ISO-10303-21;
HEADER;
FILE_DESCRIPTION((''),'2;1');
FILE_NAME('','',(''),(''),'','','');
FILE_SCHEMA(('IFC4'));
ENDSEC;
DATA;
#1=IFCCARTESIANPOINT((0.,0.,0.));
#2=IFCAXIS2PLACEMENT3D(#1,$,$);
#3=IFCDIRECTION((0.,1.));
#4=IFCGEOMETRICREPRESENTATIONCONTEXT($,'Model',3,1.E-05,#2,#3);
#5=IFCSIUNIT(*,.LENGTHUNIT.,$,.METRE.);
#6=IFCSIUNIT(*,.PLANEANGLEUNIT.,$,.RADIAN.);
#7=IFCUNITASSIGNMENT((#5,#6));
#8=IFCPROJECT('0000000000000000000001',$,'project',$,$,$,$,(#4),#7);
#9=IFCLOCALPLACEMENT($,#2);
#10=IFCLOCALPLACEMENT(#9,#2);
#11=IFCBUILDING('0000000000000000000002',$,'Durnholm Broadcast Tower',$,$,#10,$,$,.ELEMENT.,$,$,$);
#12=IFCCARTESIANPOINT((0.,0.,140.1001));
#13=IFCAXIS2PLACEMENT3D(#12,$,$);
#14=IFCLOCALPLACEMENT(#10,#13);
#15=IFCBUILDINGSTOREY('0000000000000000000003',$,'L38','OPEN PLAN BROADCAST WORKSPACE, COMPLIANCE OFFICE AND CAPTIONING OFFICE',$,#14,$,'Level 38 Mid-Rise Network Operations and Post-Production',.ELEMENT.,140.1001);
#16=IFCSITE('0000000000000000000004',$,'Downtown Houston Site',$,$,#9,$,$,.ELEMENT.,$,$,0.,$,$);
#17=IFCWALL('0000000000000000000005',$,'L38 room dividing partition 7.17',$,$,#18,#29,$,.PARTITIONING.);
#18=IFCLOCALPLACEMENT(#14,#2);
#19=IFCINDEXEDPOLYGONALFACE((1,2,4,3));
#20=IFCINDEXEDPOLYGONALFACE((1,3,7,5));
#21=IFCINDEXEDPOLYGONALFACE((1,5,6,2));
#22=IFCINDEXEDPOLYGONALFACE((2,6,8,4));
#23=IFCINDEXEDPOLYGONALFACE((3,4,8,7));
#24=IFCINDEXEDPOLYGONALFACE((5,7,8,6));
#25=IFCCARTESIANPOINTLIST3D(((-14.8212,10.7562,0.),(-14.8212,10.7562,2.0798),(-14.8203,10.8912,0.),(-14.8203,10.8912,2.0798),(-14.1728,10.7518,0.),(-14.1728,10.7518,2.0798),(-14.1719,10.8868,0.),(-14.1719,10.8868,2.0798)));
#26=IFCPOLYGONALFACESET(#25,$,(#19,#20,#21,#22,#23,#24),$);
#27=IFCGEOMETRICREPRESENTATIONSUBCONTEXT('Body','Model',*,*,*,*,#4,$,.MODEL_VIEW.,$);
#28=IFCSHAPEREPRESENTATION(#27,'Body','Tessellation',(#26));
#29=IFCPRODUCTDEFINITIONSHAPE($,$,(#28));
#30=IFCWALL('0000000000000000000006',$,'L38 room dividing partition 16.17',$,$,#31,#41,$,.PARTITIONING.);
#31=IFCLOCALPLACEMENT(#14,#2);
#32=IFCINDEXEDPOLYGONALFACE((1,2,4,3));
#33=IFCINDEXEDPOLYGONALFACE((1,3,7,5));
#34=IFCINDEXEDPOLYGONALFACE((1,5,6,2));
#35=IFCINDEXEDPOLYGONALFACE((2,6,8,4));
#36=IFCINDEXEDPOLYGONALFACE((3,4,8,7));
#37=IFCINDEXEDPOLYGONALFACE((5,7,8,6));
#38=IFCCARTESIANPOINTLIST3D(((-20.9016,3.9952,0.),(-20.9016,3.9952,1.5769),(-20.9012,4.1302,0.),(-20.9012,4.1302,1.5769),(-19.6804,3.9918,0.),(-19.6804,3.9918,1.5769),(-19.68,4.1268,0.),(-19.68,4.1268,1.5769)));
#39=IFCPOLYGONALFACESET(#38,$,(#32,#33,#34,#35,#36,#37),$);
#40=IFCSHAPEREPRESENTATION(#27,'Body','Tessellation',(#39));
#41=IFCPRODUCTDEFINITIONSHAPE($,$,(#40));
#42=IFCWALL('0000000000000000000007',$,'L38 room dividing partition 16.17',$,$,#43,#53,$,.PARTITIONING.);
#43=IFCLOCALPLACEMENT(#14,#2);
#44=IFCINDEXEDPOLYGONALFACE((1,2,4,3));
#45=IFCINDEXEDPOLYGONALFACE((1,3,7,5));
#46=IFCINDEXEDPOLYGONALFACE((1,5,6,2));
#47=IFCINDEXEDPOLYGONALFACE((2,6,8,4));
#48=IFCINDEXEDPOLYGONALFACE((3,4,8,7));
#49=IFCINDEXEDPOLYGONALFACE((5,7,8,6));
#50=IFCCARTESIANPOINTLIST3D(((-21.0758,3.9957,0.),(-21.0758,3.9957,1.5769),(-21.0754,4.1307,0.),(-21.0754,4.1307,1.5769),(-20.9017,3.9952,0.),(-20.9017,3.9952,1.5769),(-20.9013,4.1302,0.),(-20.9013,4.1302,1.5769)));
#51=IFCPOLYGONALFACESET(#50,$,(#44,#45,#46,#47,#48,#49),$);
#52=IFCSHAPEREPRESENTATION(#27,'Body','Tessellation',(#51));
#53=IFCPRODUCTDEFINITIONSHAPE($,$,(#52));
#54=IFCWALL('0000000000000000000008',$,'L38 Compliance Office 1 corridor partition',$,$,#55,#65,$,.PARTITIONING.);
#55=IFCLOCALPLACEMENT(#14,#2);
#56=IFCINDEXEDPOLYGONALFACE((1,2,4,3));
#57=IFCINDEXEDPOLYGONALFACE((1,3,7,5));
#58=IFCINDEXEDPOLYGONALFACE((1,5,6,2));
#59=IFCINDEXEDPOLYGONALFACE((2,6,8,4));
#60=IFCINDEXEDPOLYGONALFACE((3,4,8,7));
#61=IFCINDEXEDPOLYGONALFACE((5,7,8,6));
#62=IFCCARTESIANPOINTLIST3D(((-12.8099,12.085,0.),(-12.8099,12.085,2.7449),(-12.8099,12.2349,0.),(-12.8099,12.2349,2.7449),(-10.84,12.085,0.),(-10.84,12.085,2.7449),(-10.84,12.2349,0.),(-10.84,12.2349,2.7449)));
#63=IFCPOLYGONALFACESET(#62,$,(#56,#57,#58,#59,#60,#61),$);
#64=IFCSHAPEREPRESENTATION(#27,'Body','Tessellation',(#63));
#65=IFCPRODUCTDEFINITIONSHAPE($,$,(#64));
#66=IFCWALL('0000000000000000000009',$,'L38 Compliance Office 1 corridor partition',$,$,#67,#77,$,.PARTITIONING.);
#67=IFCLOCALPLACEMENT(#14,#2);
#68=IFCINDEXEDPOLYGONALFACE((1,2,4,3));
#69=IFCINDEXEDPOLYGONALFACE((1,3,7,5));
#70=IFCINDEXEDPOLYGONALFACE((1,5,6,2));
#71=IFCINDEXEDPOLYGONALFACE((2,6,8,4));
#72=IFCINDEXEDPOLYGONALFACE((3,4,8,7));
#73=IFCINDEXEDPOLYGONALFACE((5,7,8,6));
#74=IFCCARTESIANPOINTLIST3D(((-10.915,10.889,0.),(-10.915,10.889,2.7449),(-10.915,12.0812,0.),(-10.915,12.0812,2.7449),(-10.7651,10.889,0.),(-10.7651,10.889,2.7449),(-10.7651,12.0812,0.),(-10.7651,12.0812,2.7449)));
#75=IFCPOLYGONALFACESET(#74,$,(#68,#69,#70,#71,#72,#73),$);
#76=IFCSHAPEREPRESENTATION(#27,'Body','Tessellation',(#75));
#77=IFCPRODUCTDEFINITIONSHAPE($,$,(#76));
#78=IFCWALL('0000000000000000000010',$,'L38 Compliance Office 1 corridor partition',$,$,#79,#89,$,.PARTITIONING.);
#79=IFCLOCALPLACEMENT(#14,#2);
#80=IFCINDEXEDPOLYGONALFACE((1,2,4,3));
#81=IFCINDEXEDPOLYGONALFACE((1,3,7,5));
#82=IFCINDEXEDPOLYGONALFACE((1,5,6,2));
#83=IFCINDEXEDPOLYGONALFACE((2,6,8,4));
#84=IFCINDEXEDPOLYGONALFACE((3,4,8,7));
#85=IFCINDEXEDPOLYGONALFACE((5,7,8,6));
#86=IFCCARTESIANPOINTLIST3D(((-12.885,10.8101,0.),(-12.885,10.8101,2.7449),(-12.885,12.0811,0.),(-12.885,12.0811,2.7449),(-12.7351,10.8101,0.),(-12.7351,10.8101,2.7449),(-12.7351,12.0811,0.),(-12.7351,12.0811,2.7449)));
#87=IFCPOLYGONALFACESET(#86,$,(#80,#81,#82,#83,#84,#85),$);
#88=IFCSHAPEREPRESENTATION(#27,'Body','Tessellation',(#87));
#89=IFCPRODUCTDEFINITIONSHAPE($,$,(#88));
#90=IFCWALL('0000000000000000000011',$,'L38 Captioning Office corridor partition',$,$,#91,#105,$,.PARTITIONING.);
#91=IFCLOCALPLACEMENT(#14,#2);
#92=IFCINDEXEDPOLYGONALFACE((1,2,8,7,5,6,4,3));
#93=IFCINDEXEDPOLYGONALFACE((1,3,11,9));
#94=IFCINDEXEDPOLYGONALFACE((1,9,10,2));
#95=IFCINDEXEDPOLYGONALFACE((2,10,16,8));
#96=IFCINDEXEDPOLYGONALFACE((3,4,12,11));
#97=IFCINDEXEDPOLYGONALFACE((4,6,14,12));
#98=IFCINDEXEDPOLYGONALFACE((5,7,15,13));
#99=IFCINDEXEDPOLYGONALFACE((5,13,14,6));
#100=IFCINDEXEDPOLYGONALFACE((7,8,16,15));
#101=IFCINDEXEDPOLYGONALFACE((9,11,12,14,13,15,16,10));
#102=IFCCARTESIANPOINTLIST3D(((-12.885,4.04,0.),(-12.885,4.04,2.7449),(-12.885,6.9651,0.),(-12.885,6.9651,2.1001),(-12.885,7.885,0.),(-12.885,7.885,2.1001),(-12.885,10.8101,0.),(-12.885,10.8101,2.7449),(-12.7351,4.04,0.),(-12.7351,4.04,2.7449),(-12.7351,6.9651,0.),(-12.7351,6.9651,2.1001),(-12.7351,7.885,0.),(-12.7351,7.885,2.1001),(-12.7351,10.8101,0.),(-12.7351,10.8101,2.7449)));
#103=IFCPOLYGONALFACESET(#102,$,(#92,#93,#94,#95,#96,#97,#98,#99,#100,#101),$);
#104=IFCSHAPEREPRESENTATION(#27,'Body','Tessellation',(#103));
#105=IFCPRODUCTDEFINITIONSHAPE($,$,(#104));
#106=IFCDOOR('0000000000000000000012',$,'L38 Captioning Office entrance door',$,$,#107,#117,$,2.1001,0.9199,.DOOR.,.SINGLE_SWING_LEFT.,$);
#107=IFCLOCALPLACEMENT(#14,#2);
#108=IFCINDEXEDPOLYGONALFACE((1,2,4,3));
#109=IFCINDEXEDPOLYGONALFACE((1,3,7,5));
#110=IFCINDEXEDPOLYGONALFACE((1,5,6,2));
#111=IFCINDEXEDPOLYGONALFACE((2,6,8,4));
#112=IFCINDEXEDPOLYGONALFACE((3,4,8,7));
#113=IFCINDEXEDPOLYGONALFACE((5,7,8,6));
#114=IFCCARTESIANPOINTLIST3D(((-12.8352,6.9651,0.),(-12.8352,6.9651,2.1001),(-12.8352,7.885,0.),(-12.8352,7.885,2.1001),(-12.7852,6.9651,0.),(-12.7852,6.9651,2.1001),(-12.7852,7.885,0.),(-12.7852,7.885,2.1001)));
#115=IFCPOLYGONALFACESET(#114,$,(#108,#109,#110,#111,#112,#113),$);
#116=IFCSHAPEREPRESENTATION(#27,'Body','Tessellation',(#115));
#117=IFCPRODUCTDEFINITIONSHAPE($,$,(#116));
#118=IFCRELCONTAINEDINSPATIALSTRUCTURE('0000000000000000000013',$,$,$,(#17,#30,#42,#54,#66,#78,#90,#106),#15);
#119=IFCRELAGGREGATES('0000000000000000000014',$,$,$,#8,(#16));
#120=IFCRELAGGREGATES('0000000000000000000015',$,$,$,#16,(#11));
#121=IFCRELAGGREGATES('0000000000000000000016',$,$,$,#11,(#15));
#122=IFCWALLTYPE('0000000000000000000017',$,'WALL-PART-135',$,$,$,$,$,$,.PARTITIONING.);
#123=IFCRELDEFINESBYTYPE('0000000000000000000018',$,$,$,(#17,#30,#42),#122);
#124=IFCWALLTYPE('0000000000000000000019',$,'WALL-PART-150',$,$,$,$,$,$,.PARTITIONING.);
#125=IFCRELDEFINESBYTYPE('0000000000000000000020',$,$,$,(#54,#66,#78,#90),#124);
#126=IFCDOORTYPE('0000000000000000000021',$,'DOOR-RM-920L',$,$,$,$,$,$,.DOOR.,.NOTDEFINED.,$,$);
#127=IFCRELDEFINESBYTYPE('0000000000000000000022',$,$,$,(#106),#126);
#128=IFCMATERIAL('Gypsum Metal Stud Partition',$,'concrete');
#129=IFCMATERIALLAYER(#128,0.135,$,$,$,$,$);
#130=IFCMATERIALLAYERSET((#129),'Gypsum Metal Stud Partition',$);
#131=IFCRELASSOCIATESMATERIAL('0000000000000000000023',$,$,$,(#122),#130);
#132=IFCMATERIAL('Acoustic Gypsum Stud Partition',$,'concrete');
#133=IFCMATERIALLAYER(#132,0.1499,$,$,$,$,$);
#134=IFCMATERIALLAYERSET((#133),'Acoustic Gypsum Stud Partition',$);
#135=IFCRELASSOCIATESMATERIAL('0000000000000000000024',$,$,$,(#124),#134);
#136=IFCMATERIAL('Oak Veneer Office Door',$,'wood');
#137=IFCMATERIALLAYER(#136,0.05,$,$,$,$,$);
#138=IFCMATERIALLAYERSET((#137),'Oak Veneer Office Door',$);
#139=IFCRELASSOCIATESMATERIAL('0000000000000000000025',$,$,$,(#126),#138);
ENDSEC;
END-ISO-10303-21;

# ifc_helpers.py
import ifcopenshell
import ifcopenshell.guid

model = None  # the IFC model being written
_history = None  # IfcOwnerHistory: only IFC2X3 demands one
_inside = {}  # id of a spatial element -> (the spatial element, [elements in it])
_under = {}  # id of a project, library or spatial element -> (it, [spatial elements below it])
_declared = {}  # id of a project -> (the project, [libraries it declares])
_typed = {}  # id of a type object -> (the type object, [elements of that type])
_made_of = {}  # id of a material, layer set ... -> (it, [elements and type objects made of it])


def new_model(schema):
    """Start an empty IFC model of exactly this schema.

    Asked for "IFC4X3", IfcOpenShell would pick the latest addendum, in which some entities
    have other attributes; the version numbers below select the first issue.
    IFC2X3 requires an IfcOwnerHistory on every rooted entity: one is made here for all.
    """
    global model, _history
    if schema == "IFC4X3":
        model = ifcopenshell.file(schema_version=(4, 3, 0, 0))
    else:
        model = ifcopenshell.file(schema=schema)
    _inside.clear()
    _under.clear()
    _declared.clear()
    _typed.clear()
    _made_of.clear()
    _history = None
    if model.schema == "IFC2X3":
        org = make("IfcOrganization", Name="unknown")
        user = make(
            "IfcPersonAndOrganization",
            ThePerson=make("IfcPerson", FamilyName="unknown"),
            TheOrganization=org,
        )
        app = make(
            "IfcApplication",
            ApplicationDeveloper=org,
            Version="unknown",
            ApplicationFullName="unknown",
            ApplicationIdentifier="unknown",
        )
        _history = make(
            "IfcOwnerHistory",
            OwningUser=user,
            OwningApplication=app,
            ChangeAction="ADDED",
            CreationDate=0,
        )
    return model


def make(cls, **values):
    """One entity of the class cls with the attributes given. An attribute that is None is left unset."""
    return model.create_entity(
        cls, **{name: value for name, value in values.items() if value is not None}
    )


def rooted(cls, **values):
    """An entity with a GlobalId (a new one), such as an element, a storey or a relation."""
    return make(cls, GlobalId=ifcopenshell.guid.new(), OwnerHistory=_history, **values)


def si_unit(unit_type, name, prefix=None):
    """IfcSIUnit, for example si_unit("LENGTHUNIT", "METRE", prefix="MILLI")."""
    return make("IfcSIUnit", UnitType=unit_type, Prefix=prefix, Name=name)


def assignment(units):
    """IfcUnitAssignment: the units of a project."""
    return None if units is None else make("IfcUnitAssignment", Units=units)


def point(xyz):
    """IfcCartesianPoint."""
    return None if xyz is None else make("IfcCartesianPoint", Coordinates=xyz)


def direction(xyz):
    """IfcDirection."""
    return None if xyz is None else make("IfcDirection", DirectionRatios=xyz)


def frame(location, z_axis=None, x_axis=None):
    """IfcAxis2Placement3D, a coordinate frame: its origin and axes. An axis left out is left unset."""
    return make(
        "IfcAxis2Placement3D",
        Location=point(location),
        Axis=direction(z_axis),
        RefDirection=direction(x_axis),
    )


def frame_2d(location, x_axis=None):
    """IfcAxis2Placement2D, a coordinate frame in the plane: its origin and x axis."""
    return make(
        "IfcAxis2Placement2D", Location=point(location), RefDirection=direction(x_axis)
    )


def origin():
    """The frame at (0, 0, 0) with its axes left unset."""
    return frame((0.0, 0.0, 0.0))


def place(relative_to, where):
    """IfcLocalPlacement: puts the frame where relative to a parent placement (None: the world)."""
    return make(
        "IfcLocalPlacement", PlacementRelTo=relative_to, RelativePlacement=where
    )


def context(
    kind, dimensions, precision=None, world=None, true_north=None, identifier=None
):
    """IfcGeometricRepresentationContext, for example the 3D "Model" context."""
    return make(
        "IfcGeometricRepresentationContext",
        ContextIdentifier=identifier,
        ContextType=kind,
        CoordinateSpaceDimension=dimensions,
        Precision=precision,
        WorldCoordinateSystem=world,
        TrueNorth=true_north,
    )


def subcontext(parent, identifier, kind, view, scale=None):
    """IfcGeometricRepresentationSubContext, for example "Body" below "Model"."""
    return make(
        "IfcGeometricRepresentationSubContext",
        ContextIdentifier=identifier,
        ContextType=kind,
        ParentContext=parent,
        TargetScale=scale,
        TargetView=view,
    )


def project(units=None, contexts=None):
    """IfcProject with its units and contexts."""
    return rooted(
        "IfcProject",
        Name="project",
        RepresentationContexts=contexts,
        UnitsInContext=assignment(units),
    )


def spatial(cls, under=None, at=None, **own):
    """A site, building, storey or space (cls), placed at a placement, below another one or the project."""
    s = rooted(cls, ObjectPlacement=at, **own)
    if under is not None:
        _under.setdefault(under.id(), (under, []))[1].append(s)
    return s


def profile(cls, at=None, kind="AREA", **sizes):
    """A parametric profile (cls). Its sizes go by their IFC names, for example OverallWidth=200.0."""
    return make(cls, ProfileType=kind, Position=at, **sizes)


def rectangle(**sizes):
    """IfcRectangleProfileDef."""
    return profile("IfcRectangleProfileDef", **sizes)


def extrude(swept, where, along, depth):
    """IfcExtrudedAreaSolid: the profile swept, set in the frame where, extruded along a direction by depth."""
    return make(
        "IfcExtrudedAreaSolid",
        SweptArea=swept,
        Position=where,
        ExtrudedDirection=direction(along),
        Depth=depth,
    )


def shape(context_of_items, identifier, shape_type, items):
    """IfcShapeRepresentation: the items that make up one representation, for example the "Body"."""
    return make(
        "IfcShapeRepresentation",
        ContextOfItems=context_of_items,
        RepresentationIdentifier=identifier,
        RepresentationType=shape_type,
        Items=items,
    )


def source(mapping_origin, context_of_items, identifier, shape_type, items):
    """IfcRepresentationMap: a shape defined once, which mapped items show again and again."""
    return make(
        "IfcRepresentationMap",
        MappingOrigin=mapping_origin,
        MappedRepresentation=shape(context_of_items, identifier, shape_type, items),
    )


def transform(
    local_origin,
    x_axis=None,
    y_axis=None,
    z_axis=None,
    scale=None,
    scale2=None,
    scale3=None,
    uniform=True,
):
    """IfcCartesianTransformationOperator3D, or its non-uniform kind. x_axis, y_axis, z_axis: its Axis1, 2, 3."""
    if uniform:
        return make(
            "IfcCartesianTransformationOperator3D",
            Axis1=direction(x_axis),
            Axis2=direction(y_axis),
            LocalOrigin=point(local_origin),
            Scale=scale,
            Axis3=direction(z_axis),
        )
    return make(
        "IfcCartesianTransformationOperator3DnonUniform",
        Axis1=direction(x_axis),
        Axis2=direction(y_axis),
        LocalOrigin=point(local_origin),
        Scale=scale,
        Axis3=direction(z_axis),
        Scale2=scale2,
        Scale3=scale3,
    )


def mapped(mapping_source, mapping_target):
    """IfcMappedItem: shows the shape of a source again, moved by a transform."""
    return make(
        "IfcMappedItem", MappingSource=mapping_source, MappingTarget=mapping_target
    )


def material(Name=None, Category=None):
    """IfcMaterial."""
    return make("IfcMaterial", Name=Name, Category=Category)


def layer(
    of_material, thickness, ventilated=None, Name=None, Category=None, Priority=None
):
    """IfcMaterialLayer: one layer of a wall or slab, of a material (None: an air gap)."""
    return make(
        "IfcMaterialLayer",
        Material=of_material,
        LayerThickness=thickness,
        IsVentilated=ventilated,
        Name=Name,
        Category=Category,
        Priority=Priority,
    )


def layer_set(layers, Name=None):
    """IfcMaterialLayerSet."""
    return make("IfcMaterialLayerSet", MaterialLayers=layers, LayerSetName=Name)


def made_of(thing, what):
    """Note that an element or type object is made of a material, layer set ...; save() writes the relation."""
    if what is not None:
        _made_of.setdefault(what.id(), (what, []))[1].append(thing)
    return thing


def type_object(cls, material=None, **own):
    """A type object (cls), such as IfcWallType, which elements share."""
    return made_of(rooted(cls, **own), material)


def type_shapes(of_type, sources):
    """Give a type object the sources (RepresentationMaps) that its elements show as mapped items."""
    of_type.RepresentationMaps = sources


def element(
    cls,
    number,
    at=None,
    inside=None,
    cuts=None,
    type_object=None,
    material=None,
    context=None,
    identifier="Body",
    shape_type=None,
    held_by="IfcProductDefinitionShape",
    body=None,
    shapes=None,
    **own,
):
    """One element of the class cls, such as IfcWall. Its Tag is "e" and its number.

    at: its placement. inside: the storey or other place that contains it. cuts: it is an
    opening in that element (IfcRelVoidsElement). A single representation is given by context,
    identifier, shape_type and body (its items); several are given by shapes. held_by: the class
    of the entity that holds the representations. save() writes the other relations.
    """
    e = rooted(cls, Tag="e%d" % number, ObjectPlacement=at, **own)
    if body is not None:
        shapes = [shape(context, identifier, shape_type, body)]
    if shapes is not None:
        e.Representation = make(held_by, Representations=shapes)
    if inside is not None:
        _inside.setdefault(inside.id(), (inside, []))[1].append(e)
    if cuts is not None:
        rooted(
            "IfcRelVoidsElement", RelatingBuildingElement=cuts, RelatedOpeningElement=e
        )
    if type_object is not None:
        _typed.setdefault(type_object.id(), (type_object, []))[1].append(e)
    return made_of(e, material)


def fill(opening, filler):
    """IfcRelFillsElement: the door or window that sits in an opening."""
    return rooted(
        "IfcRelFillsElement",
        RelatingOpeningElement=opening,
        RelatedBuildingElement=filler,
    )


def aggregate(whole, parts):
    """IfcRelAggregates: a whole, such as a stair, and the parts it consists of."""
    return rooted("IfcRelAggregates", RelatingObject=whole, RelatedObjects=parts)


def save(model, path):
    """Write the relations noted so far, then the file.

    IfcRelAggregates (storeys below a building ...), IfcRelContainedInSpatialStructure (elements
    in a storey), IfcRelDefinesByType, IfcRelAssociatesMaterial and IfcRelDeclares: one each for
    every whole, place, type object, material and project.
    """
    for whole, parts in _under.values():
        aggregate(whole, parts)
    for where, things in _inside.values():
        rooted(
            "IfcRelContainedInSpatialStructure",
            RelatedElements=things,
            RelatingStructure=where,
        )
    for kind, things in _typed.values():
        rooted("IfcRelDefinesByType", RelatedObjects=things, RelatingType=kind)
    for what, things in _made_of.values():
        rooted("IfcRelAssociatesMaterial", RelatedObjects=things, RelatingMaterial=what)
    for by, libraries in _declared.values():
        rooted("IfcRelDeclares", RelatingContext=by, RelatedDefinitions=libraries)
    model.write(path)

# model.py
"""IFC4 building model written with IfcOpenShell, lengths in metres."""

from ifc_helpers import new_model, si_unit, direction, frame, frame_2d, origin, place, context, subcontext, project, spatial, rectangle, extrude, source, transform, mapped, material, layer, layer_set, type_object, type_shapes, element, fill, save


model = new_model("IFC4")

# Units and contexts
model_context = context("Model", 3, precision=1e-05, world=origin(), true_north=direction((0.0, 1.0)))
body_context = subcontext(model_context, "Body", "Model", "MODEL_VIEW")
ifc_project = project(units=[si_unit("LENGTHUNIT", "METRE"), si_unit("PLANEANGLEUNIT", "RADIAN")], contexts=[model_context])

# Site, building, storey
site_placement = place(None, origin())
site = spatial("IfcSite", under=ifc_project, at=site_placement, Name="Downtown Houston Site", CompositionType="ELEMENT", RefElevation=0.0)
building_placement = place(site_placement, origin())
building = spatial("IfcBuilding", under=site, at=building_placement, Name="Durnholm Broadcast Tower", CompositionType="ELEMENT")
storey_placement = place(building_placement, frame((0.0, 0.0, 140.1001)))
storey = spatial("IfcBuildingStorey", under=building, at=storey_placement, Name="L38", Description="OPEN PLAN BROADCAST WORKSPACE, COMPLIANCE OFFICE AND CAPTIONING OFFICE", LongName="Level 38 Mid-Rise Network Operations and Post-Production", CompositionType="ELEMENT", Elevation=140.1001)

# Walls
ifc_material_1 = material(Name="Gypsum Metal Stud Partition", Category="concrete")
ifc_layer_1 = layer(ifc_material_1, 0.135)
ifc_layer_set_1 = layer_set([ifc_layer_1], Name="Gypsum Metal Stud Partition")
wall_type_1 = type_object("IfcWallType", Name="WALL-PART-135", PredefinedType="PARTITIONING", material=ifc_layer_set_1)
wall_1_placement = place(storey_placement, frame((-14.1724, 10.8193, 0.0), z_axis=(0.0, 0.0, 1.0), x_axis=(-0.999977, 0.006777, 0.0)))
element("IfcWall", 1, at=wall_1_placement, inside=storey, type_object=wall_type_1, Name="L38 room dividing partition 7.17", PredefinedType="PARTITIONING", context=body_context, shape_type="SweptSolid", body=[
    extrude(rectangle(XDim=0.6484, YDim=0.135, at=frame_2d((0.3242, 0.0))), origin(), (0.0, 0.0, 1.0), 2.0798),
])
wall_2_placement = place(storey_placement, frame((-20.9014, 4.0627, 0.0), z_axis=(0.0, 0.0, 1.0), x_axis=(0.999996, -0.002799, 0.0)))
element("IfcWall", 2, at=wall_2_placement, inside=storey, type_object=wall_type_1, Name="L38 room dividing partition 16.17", PredefinedType="PARTITIONING", context=body_context, shape_type="SweptSolid", body=[
    extrude(rectangle(XDim=1.2212, YDim=0.135, at=frame_2d((0.6106, 0.0))), origin(), (0.0, 0.0, 1.0), 1.5769),
])
wall_3_placement = place(storey_placement, frame((-21.0754, 4.0632, 0.0), z_axis=(0.0, 0.0, 1.0), x_axis=(0.999996, -0.002805, 0.0)))
element("IfcWall", 3, at=wall_3_placement, inside=storey, type_object=wall_type_1, Name="L38 room dividing partition 16.17", PredefinedType="PARTITIONING", context=body_context, shape_type="SweptSolid", body=[
    extrude(rectangle(XDim=0.1741, YDim=0.135, at=frame_2d((0.0869, 0.0))), origin(), (0.0, 0.0, 1.0), 1.5769),
])
ifc_material_2 = material(Name="Acoustic Gypsum Stud Partition", Category="concrete")
ifc_layer_2 = layer(ifc_material_2, 0.1499)
ifc_layer_set_2 = layer_set([ifc_layer_2], Name="Acoustic Gypsum Stud Partition")
wall_type_2 = type_object("IfcWallType", Name="WALL-PART-150", PredefinedType="PARTITIONING", material=ifc_layer_set_2)
wall_4_placement = place(storey_placement, frame((-10.8401, 12.1599, 0.0), z_axis=(0.0, 0.0, 1.0), x_axis=(-1.0, 0.0, 0.0)))
element("IfcWall", 4, at=wall_4_placement, inside=storey, type_object=wall_type_2, Name="L38 Compliance Office 1 corridor partition", PredefinedType="PARTITIONING", context=body_context, shape_type="SweptSolid", body=[
    extrude(rectangle(XDim=1.97, YDim=0.1499, at=frame_2d((0.9849, 0.0))), origin(), (0.0, 0.0, 1.0), 2.7449),
])
wall_5_placement = place(storey_placement, frame((-10.8401, 10.8889, 0.0), z_axis=(0.0, 0.0, 1.0), x_axis=(0.0, 1.0, 0.0)))
element("IfcWall", 5, at=wall_5_placement, inside=storey, type_object=wall_type_2, Name="L38 Compliance Office 1 corridor partition", PredefinedType="PARTITIONING", context=body_context, shape_type="SweptSolid", body=[
    extrude(rectangle(XDim=1.1921, YDim=0.1499, at=frame_2d((0.5962, 0.0))), origin(), (0.0, 0.0, 1.0), 2.7449),
])
wall_6_placement = place(storey_placement, frame((-12.8101, 12.0811, 0.0), z_axis=(0.0, 0.0, 1.0), x_axis=(0.0, -1.0, 0.0)))
element("IfcWall", 6, at=wall_6_placement, inside=storey, type_object=wall_type_2, Name="L38 Compliance Office 1 corridor partition", PredefinedType="PARTITIONING", context=body_context, shape_type="SweptSolid", body=[
    extrude(rectangle(XDim=1.271, YDim=0.1499, at=frame_2d((0.6355, 0.0))), origin(), (0.0, 0.0, 1.0), 2.7449),
])

# Wall, opening, door
wall_7_placement = place(storey_placement, frame((-12.8101, 10.8101, 0.0), z_axis=(0.0, 0.0, 1.0), x_axis=(0.0, -1.0, 0.0)))
wall_7 = element("IfcWall", 7, at=wall_7_placement, inside=storey, type_object=wall_type_2, Name="L38 Captioning Office corridor partition", PredefinedType="PARTITIONING", context=body_context, shape_type="SweptSolid", body=[
    extrude(rectangle(XDim=6.77, YDim=0.1499, at=frame_2d((3.385, 0.0))), origin(), (0.0, 0.0, 1.0), 2.7449),
])
opening_placement = place(wall_7_placement, frame((2.925, 0.0, 0.0)))
opening = element("IfcOpeningElement", 8, at=opening_placement, cuts=wall_7, PredefinedType="OPENING", context=body_context, shape_type="SweptSolid", body=[
    extrude(rectangle(XDim=0.9199, YDim=2.1001, at=frame_2d((0.46, 1.05))), frame((0.0, 0.085, 0.0), z_axis=(0.0, -1.0, 0.0), x_axis=(1.0, 0.0, 0.0)), (0.0, 0.0, 1.0), 0.1699),
])
ifc_material_3 = material(Name="Oak Veneer Office Door", Category="wood")
ifc_layer_3 = layer(ifc_material_3, 0.05)
ifc_layer_set_3 = layer_set([ifc_layer_3], Name="Oak Veneer Office Door")
door_type = type_object("IfcDoorType", Name="DOOR-RM-920L", OperationType="NOTDEFINED", PredefinedType="DOOR", material=ifc_layer_set_3)
shared_shape_1 = source(origin(), body_context, "Body", "SweptSolid", [
    extrude(rectangle(XDim=0.9199, YDim=2.1001, at=frame_2d((0.46, 1.05))), frame((0.0, 0.0249, 0.0), z_axis=(0.0, -1.0, 0.0), x_axis=(1.0, 0.0, 0.0)), (0.0, 0.0, 1.0), 0.05),
])
type_shapes(door_type, [shared_shape_1])
door_placement = place(opening_placement, origin())
door = element("IfcDoor", 9, at=door_placement, inside=storey, type_object=door_type, Name="L38 Captioning Office entrance door", OperationType="SINGLE_SWING_LEFT", OverallHeight=2.1001, OverallWidth=0.9199, PredefinedType="DOOR", context=body_context, shape_type="MappedRepresentation", body=[
    mapped(shared_shape_1, transform((0.0, 0.0, 0.0), x_axis=(1.0, 0.0, 0.0), y_axis=(0.0, 1.0, 0.0), z_axis=(0.0, 0.0, 1.0), scale=1.0)),
])
fill(opening, door)

save(model, "model.ifc")
